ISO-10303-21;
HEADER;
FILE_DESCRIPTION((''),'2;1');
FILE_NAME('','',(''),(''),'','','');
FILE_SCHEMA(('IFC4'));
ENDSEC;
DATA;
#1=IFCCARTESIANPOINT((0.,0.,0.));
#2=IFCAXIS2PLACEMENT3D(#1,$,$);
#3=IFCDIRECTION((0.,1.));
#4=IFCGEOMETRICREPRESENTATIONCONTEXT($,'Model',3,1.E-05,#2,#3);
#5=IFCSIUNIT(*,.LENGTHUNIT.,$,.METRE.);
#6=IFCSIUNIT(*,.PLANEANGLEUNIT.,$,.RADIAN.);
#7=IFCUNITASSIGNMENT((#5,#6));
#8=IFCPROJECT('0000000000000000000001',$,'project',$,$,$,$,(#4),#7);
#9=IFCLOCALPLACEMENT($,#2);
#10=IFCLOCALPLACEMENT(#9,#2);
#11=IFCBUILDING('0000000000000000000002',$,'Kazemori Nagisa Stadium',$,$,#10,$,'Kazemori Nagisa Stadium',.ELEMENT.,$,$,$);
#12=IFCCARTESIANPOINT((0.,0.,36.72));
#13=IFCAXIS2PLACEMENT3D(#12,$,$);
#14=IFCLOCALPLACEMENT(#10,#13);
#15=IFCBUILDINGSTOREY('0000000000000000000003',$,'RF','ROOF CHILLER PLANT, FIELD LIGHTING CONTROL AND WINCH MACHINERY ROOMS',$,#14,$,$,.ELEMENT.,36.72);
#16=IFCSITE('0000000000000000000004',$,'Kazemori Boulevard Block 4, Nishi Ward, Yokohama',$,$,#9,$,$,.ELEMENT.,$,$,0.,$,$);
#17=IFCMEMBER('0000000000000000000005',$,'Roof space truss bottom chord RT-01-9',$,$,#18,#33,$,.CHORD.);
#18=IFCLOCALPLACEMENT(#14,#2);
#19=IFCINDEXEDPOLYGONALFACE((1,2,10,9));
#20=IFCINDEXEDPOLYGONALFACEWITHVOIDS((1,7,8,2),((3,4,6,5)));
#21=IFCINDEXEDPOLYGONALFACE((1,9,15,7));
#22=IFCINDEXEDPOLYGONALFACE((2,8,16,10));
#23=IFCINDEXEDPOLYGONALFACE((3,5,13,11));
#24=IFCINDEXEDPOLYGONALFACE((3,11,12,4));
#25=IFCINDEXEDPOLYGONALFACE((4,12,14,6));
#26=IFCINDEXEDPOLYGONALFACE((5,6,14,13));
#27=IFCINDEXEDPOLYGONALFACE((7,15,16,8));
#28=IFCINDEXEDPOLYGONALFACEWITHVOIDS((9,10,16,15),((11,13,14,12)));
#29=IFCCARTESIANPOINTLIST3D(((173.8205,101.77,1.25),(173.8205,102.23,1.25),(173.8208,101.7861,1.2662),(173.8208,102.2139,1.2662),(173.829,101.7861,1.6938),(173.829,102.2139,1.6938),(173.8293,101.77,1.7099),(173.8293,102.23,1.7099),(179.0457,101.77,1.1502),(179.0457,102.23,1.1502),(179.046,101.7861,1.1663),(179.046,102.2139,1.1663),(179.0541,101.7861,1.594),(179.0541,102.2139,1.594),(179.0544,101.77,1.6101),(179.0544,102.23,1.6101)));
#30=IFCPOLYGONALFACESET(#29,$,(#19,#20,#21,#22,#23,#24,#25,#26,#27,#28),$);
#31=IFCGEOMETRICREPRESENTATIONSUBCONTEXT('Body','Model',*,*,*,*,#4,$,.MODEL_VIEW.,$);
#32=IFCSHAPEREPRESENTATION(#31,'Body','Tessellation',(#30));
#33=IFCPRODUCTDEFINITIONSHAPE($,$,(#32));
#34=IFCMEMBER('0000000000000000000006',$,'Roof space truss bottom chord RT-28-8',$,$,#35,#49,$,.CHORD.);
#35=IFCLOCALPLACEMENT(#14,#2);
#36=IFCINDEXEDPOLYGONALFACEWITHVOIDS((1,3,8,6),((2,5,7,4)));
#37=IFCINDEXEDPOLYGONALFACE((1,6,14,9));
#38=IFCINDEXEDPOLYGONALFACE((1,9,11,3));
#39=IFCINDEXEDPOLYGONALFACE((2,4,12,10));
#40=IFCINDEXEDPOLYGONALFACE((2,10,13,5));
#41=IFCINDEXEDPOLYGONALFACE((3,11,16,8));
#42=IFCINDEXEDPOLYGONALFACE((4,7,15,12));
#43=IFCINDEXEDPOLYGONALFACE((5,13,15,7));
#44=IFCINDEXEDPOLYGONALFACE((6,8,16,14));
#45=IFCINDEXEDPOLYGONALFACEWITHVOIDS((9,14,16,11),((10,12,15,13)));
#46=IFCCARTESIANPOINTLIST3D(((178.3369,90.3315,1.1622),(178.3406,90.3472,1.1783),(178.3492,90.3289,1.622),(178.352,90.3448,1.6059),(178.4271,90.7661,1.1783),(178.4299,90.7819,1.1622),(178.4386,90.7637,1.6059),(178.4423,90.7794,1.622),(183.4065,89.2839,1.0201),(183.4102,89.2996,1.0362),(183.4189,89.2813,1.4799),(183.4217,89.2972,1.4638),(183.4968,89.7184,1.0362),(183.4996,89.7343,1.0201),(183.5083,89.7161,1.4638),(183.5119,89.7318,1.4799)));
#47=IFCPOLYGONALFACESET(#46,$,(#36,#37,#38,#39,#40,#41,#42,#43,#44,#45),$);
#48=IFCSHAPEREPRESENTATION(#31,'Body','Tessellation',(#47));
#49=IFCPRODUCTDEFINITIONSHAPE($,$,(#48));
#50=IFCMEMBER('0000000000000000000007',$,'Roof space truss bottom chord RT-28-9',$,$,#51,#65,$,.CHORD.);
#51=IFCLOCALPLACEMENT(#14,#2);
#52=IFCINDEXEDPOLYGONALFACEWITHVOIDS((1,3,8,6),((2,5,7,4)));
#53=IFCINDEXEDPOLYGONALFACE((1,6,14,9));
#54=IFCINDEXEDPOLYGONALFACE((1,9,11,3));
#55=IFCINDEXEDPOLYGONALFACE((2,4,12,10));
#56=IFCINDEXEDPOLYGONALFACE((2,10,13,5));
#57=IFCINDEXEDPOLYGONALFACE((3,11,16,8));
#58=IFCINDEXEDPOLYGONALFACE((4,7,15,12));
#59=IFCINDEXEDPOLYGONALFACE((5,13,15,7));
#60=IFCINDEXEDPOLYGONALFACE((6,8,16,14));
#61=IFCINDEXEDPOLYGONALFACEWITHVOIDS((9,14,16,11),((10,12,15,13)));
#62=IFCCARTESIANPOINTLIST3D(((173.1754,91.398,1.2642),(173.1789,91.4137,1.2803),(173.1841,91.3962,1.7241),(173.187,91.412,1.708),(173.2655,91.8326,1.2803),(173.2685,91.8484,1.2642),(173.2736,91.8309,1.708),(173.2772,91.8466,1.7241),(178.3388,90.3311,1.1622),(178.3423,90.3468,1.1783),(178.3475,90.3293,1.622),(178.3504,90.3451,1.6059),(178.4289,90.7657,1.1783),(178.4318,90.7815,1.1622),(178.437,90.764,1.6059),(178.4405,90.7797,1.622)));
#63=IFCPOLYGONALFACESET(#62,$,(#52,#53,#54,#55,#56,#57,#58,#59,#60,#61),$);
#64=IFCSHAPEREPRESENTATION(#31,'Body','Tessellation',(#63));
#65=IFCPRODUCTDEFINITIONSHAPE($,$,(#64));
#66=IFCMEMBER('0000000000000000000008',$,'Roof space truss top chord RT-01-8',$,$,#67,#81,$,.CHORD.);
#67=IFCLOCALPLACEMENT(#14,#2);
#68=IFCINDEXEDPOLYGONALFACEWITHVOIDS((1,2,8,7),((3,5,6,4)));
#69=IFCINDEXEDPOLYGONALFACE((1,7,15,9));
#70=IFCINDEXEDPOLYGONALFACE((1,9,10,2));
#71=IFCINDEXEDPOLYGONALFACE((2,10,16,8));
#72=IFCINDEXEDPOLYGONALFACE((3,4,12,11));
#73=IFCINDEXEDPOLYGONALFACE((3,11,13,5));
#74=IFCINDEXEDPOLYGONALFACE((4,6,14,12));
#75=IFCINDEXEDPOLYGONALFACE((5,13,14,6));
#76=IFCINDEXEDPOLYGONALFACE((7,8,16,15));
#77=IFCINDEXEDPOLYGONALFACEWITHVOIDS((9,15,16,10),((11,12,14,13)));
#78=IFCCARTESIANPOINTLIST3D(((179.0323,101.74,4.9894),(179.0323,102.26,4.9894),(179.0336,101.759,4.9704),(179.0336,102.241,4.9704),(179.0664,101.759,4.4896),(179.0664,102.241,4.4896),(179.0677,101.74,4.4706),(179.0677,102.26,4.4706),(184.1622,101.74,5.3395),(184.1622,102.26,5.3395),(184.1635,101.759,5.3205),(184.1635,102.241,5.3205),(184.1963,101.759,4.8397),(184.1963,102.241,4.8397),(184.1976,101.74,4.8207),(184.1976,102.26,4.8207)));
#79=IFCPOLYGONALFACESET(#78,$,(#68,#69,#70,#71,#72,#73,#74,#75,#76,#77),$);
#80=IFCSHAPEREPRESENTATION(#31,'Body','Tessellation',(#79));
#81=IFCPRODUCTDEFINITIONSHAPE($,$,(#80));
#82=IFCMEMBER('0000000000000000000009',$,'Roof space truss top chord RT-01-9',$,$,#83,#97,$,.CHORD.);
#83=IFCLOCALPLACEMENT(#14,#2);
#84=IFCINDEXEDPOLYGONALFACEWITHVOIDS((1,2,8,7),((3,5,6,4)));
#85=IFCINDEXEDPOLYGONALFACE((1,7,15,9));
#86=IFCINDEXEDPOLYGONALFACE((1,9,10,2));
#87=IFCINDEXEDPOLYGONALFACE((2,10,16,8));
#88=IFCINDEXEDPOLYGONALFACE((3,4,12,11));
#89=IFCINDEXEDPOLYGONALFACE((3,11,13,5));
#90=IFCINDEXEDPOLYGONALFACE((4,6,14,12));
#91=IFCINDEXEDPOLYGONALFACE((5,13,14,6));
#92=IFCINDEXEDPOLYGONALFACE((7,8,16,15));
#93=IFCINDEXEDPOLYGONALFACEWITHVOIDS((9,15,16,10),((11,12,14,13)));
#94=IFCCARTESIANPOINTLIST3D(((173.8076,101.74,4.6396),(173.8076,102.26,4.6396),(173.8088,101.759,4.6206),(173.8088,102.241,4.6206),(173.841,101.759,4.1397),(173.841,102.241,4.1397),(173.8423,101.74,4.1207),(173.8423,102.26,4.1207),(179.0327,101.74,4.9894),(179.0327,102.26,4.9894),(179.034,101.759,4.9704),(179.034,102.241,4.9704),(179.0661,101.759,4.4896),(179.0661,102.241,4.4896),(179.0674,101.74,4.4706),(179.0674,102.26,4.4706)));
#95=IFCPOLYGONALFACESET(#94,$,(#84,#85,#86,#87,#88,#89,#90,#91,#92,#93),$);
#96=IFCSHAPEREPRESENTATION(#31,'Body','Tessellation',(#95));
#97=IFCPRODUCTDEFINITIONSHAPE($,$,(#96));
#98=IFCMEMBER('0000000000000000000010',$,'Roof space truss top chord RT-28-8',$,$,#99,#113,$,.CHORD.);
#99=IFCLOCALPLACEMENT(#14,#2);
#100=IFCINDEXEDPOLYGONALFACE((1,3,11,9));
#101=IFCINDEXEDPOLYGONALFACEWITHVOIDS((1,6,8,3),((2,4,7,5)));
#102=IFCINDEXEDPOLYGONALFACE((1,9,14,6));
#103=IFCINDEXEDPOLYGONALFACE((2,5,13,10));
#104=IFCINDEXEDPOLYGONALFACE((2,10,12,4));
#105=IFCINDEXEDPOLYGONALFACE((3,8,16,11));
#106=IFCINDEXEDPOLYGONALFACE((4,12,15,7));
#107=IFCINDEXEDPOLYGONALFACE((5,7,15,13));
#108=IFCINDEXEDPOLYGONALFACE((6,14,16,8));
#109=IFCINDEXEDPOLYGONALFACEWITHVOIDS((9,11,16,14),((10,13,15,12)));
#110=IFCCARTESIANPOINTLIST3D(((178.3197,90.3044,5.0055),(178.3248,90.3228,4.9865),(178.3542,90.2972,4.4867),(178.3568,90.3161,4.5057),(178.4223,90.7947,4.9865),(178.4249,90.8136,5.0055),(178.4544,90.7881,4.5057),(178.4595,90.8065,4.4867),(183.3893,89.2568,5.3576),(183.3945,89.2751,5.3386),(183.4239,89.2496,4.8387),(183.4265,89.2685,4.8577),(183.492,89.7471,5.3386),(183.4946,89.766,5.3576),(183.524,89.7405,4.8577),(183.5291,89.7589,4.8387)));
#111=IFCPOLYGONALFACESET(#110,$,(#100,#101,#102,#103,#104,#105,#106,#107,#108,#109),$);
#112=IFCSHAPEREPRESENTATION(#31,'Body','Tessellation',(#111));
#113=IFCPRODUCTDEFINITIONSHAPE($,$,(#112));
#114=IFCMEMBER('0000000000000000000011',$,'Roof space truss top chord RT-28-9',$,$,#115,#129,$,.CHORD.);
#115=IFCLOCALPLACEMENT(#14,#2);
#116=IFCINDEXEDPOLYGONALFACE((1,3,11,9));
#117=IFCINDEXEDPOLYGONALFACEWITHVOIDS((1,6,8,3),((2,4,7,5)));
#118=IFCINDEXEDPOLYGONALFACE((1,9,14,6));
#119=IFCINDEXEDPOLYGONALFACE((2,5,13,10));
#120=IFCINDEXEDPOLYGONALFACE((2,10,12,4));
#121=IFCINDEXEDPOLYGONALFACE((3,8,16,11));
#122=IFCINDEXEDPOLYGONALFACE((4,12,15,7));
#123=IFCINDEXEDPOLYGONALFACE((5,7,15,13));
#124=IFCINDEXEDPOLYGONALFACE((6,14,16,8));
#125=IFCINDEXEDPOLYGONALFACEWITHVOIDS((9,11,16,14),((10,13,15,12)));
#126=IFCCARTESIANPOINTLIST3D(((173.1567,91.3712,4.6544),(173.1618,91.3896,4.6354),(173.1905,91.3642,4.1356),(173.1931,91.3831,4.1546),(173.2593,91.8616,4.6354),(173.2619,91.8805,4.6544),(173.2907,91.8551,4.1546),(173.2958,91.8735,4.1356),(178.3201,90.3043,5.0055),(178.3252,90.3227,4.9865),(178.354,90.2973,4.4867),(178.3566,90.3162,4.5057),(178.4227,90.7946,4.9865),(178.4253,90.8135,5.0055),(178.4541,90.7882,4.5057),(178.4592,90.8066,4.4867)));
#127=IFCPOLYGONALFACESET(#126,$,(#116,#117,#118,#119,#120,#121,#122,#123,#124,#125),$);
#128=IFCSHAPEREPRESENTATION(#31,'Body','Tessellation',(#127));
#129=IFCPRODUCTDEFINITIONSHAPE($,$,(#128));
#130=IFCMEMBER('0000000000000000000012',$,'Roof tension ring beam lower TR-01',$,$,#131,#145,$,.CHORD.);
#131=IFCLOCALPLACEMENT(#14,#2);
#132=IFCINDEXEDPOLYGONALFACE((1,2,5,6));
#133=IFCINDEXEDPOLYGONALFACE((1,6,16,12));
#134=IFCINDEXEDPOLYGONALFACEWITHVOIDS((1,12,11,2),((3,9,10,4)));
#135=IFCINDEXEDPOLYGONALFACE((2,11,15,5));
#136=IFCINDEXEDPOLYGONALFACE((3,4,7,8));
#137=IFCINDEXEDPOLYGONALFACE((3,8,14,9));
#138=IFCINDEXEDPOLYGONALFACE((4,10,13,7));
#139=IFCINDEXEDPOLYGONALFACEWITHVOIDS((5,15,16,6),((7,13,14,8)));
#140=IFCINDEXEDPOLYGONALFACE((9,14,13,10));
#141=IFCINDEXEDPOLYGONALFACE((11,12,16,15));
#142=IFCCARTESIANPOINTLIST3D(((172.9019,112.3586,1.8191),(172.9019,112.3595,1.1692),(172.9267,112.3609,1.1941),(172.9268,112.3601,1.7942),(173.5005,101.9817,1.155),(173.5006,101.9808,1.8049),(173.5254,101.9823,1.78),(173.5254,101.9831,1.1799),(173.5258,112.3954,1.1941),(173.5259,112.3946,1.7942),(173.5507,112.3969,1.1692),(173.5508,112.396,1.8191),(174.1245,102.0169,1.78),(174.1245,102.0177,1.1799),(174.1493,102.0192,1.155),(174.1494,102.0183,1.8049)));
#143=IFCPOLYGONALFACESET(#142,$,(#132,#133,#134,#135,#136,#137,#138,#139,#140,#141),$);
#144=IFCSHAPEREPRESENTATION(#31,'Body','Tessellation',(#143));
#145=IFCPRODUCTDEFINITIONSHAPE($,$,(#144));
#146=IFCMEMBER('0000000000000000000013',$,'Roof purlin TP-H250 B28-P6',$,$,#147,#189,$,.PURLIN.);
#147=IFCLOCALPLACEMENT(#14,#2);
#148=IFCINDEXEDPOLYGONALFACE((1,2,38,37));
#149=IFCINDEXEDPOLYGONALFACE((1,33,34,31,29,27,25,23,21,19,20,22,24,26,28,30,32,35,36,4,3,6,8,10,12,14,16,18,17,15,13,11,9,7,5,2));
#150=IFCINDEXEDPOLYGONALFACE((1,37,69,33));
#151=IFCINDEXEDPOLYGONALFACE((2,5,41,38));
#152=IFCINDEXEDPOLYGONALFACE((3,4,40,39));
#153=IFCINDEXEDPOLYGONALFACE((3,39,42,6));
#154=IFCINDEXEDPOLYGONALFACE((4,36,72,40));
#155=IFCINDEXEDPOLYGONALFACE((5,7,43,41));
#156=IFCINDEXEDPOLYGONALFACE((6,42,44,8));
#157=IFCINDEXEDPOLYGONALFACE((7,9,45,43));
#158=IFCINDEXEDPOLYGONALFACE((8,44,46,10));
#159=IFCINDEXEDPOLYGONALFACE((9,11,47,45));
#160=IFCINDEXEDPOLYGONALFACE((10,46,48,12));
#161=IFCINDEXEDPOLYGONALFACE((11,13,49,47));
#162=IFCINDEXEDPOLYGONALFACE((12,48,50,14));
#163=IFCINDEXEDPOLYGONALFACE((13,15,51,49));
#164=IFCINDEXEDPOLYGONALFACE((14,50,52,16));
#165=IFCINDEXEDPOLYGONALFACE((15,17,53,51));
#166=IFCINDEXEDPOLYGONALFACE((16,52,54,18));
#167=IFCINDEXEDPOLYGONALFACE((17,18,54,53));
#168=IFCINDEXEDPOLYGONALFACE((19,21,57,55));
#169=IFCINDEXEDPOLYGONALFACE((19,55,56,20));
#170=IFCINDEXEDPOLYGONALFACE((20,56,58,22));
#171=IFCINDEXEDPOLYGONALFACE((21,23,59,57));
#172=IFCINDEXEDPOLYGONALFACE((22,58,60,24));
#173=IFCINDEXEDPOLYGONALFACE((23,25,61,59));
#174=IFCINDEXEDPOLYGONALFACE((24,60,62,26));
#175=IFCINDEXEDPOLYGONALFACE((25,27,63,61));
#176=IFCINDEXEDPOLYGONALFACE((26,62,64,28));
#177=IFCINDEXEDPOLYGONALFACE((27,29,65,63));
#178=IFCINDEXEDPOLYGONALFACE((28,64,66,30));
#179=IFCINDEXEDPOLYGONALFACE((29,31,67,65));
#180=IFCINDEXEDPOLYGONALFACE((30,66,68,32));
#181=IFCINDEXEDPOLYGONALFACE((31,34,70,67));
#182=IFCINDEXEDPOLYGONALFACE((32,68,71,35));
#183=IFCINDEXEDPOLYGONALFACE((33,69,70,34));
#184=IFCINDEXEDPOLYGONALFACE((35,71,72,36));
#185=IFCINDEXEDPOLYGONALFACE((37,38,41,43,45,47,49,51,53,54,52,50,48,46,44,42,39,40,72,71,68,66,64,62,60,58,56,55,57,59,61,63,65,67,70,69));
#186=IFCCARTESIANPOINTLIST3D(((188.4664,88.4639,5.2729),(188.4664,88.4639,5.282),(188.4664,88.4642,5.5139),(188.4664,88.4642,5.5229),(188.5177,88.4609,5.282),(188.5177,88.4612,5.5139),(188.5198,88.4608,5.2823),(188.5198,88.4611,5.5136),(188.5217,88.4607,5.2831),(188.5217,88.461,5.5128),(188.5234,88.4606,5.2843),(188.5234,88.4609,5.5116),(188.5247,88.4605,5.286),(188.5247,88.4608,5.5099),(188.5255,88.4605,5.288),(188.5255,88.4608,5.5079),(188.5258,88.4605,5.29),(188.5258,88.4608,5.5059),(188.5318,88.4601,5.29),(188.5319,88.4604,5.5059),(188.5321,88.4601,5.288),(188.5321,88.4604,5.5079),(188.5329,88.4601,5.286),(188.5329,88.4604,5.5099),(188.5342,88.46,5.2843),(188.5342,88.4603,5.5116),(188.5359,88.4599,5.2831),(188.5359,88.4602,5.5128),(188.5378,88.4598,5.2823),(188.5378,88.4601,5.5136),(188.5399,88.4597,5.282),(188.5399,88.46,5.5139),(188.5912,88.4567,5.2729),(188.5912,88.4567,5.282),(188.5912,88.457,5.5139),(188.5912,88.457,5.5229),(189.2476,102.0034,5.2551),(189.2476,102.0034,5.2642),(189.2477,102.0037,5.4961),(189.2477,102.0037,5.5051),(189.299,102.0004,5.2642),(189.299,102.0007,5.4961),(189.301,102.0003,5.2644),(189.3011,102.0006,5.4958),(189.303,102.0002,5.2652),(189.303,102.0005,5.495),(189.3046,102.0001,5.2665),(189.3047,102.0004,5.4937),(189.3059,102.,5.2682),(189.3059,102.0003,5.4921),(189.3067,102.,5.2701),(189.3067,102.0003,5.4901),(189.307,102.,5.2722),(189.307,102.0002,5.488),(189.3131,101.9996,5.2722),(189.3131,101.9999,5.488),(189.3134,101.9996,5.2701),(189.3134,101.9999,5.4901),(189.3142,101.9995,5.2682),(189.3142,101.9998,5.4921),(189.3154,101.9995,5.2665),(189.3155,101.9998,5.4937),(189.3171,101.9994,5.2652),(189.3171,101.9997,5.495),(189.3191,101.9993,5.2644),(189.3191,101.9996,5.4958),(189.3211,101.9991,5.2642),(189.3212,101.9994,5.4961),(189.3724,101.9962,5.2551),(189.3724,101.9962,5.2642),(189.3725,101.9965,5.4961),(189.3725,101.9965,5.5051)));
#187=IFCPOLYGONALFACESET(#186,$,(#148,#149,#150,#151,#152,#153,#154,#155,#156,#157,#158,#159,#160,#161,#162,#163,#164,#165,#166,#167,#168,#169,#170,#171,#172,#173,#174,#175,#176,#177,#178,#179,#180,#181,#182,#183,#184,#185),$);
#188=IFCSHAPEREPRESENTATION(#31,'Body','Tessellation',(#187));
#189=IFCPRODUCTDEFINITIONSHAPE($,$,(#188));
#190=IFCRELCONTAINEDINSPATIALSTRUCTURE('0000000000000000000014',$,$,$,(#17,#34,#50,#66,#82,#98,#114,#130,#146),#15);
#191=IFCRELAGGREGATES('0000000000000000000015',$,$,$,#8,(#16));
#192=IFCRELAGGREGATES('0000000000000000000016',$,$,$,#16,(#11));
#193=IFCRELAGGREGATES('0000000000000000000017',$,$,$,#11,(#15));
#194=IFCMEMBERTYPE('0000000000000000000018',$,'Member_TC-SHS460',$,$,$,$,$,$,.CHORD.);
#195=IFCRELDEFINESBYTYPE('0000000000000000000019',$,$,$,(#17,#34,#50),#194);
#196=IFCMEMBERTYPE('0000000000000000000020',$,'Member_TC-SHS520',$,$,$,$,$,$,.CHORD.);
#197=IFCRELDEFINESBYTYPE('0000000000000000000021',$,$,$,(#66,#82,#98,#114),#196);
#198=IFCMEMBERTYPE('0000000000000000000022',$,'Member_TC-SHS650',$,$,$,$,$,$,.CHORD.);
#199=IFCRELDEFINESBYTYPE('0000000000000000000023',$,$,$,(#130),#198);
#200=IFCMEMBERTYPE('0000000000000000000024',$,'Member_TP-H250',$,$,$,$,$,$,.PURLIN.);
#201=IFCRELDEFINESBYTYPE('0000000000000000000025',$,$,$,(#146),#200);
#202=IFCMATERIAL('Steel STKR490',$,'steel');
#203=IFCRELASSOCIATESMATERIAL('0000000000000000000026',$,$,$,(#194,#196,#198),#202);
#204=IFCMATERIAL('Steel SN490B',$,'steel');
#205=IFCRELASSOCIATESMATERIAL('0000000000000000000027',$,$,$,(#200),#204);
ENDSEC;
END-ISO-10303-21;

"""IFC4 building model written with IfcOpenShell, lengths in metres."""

from ifc_helpers import new_model, si_unit, direction, frame, origin, origin_2d, place, context, subcontext, project, spatial, hollow_rectangle, i_section, extrude, material, material_profile, profile_set, type_object, element, save


model = new_model("IFC4")

# Units and contexts
model_context = context("Model", 3, precision=1e-05, world=origin(), true_north=direction((0.0, 1.0)))
body_context = subcontext(model_context, "Body", "Model", "MODEL_VIEW")
ifc_project = project(units=[si_unit("LENGTHUNIT", "METRE"), si_unit("PLANEANGLEUNIT", "RADIAN")], contexts=[model_context])

# Site, building, storey
site_placement = place(None, origin())
site = spatial("IfcSite", under=ifc_project, at=site_placement, Name="Kazemori Boulevard Block 4, Nishi Ward, Yokohama", CompositionType="ELEMENT", RefElevation=0.0)
building_placement = place(site_placement, origin())
building = spatial("IfcBuilding", under=site, at=building_placement, Name="Kazemori Nagisa Stadium", LongName="Kazemori Nagisa Stadium", CompositionType="ELEMENT")
storey_placement = place(building_placement, frame((0.0, 0.0, 36.72)))
storey = spatial("IfcBuildingStorey", under=building, at=storey_placement, Name="RF", Description="ROOF CHILLER PLANT, FIELD LIGHTING CONTROL AND WINCH MACHINERY ROOMS", CompositionType="ELEMENT", Elevation=36.72)

# Members
ifc_material_1 = material(Name="Steel STKR490", Category="steel")
ifc_material_profile_1 = material_profile(ifc_material_1, hollow_rectangle(XDim=0.46, YDim=0.46, WallThickness=0.0161, at=origin_2d()), Name="SHS-460x460x16")
ifc_profile_set_1 = profile_set([ifc_material_profile_1], Name="Steel STKR490")
member_type_1 = type_object("IfcMemberType", Name="Member_TC-SHS460", PredefinedType="CHORD", material=ifc_profile_set_1)
member_1_placement = place(storey_placement, frame((179.05, 102.0, 1.3801), z_axis=(-0.999817, 0.0, 0.019107), x_axis=(0.0, -1.0, 0.0)))
element("IfcMember", 1, at=member_1_placement, inside=storey, type_object=member_type_1, Name="Roof space truss bottom chord RT-01-9", PredefinedType="CHORD", context=body_context, shape_type="SweptSolid", body=[
    extrude(hollow_rectangle(XDim=0.46, YDim=0.46, WallThickness=0.0161, at=origin_2d()), origin(), (0.0, 0.0, 1.0), 5.2261),
])
member_2_placement = place(storey_placement, frame((183.4592, 89.5078, 1.25), z_axis=(-0.97894, 0.202294, 0.027438), x_axis=(-0.20237, -0.979309, 0.0)))
element("IfcMember", 2, at=member_2_placement, inside=storey, type_object=member_type_1, Name="Roof space truss bottom chord RT-28-8", PredefinedType="CHORD", context=body_context, shape_type="SweptSolid", body=[
    extrude(hollow_rectangle(XDim=0.46, YDim=0.46, WallThickness=0.0161, at=origin_2d()), origin(), (0.0, 0.0, 1.0), 5.1787),
])
member_3_placement = place(storey_placement, frame((178.3896, 90.5554, 1.3921), z_axis=(-0.979129, 0.202317, 0.019352), x_axis=(-0.202354, -0.979312, 0.0)))
element("IfcMember", 3, at=member_3_placement, inside=storey, type_object=member_type_1, Name="Roof space truss bottom chord RT-28-9", PredefinedType="CHORD", context=body_context, shape_type="SweptSolid", body=[
    extrude(hollow_rectangle(XDim=0.46, YDim=0.46, WallThickness=0.0161, at=origin_2d()), origin(), (0.0, 0.0, 1.0), 5.2734),
])
ifc_material_profile_2 = material_profile(ifc_material_1, hollow_rectangle(XDim=0.52, YDim=0.52, WallThickness=0.019, at=origin_2d()), Name="SHS-520x520x19")
ifc_profile_set_2 = profile_set([ifc_material_profile_2], Name="Steel STKR490")
member_type_2 = type_object("IfcMemberType", Name="Member_TC-SHS520", PredefinedType="CHORD", material=ifc_profile_set_2)
member_4_placement = place(storey_placement, frame((184.1799, 102.0, 5.0801), z_axis=(-0.997679, 0.0, -0.068088), x_axis=(0.0, -1.0, 0.0)))
element("IfcMember", 4, at=member_4_placement, inside=storey, type_object=member_type_2, Name="Roof space truss top chord RT-01-8", PredefinedType="CHORD", context=body_context, shape_type="SweptSolid", body=[
    extrude(hollow_rectangle(XDim=0.52, YDim=0.52, WallThickness=0.019, at=origin_2d()), origin(), (0.0, 0.0, 1.0), 5.1418),
])
member_5_placement = place(storey_placement, frame((179.05, 102.0, 4.73), z_axis=(-0.997766, 0.0, -0.066807), x_axis=(0.0, -1.0, 0.0)))
element("IfcMember", 5, at=member_5_placement, inside=storey, type_object=member_type_2, Name="Roof space truss top chord RT-01-9", PredefinedType="CHORD", context=body_context, shape_type="SweptSolid", body=[
    extrude(hollow_rectangle(XDim=0.52, YDim=0.52, WallThickness=0.019, at=origin_2d()), origin(), (0.0, 0.0, 1.0), 5.2368),
])
member_6_placement = place(storey_placement, frame((183.4592, 89.5078, 5.0981), z_axis=(-0.977052, 0.201904, -0.06785), x_axis=(-0.20237, -0.979309, 0.0)))
element("IfcMember", 6, at=member_6_placement, inside=storey, type_object=member_type_2, Name="Roof space truss top chord RT-28-8", PredefinedType="CHORD", context=body_context, shape_type="SweptSolid", body=[
    extrude(hollow_rectangle(XDim=0.52, YDim=0.52, WallThickness=0.019, at=origin_2d()), origin(), (0.0, 0.0, 1.0), 5.1887),
])
member_7_placement = place(storey_placement, frame((178.3896, 90.5554, 4.7461), z_axis=(-0.977148, 0.201907, -0.06644), x_axis=(-0.202354, -0.979312, 0.0)))
element("IfcMember", 7, at=member_7_placement, inside=storey, type_object=member_type_2, Name="Roof space truss top chord RT-28-9", PredefinedType="CHORD", context=body_context, shape_type="SweptSolid", body=[
    extrude(hollow_rectangle(XDim=0.52, YDim=0.52, WallThickness=0.019, at=origin_2d()), origin(), (0.0, 0.0, 1.0), 5.2842),
])
ifc_material_profile_3 = material_profile(ifc_material_1, hollow_rectangle(XDim=0.6499, YDim=0.6499, WallThickness=0.0249, at=origin_2d()), Name="SHS-650x650x25")
ifc_profile_set_3 = profile_set([ifc_material_profile_3], Name="Steel STKR490")
member_type_3 = type_object("IfcMemberType", Name="Member_TC-SHS650", PredefinedType="CHORD", material=ifc_profile_set_3)
member_8_placement = place(storey_placement, frame((173.825, 102.0, 1.48), z_axis=(-0.057589, 0.998339, 0.001362), x_axis=(-0.99834, -0.057589, 0.0)))
element("IfcMember", 8, at=member_8_placement, inside=storey, type_object=member_type_3, Name="Roof tension ring beam lower TR-01", PredefinedType="CHORD", context=body_context, shape_type="SweptSolid", body=[
    extrude(hollow_rectangle(XDim=0.6499, YDim=0.6499, WallThickness=0.0249, at=origin_2d()), origin(), (0.0, 0.0, 1.0), 10.395),
])
ifc_material_2 = material(Name="Steel SN490B", Category="steel")
ifc_material_profile_4 = material_profile(ifc_material_2, i_section(OverallWidth=0.125, OverallDepth=0.25, WebThickness=0.0061, FlangeThickness=0.009, FilletRadius=0.0081, at=origin_2d()), Name="H-250x125x6x9")
ifc_profile_set_4 = profile_set([ifc_material_profile_4], Name="Steel SN490B")
member_type_4 = type_object("IfcMemberType", Name="Member_TP-H250", PredefinedType="PURLIN", material=ifc_profile_set_4)
member_9_placement = place(storey_placement, frame((188.5288, 88.4604, 5.3979), z_axis=(0.057605, 0.998339, -0.001314), x_axis=(-0.998339, 0.057606, 0.0)))
element("IfcMember", 9, at=member_9_placement, inside=storey, type_object=member_type_4, Name="Roof purlin TP-H250 B28-P6", PredefinedType="PURLIN", context=body_context, shape_type="SweptSolid", body=[
    extrude(i_section(OverallWidth=0.125, OverallDepth=0.25, WebThickness=0.0061, FlangeThickness=0.009, FilletRadius=0.0081, at=origin_2d()), origin(), (0.0, 0.0, 1.0), 13.562),
])

save(model, "model.ifc")
